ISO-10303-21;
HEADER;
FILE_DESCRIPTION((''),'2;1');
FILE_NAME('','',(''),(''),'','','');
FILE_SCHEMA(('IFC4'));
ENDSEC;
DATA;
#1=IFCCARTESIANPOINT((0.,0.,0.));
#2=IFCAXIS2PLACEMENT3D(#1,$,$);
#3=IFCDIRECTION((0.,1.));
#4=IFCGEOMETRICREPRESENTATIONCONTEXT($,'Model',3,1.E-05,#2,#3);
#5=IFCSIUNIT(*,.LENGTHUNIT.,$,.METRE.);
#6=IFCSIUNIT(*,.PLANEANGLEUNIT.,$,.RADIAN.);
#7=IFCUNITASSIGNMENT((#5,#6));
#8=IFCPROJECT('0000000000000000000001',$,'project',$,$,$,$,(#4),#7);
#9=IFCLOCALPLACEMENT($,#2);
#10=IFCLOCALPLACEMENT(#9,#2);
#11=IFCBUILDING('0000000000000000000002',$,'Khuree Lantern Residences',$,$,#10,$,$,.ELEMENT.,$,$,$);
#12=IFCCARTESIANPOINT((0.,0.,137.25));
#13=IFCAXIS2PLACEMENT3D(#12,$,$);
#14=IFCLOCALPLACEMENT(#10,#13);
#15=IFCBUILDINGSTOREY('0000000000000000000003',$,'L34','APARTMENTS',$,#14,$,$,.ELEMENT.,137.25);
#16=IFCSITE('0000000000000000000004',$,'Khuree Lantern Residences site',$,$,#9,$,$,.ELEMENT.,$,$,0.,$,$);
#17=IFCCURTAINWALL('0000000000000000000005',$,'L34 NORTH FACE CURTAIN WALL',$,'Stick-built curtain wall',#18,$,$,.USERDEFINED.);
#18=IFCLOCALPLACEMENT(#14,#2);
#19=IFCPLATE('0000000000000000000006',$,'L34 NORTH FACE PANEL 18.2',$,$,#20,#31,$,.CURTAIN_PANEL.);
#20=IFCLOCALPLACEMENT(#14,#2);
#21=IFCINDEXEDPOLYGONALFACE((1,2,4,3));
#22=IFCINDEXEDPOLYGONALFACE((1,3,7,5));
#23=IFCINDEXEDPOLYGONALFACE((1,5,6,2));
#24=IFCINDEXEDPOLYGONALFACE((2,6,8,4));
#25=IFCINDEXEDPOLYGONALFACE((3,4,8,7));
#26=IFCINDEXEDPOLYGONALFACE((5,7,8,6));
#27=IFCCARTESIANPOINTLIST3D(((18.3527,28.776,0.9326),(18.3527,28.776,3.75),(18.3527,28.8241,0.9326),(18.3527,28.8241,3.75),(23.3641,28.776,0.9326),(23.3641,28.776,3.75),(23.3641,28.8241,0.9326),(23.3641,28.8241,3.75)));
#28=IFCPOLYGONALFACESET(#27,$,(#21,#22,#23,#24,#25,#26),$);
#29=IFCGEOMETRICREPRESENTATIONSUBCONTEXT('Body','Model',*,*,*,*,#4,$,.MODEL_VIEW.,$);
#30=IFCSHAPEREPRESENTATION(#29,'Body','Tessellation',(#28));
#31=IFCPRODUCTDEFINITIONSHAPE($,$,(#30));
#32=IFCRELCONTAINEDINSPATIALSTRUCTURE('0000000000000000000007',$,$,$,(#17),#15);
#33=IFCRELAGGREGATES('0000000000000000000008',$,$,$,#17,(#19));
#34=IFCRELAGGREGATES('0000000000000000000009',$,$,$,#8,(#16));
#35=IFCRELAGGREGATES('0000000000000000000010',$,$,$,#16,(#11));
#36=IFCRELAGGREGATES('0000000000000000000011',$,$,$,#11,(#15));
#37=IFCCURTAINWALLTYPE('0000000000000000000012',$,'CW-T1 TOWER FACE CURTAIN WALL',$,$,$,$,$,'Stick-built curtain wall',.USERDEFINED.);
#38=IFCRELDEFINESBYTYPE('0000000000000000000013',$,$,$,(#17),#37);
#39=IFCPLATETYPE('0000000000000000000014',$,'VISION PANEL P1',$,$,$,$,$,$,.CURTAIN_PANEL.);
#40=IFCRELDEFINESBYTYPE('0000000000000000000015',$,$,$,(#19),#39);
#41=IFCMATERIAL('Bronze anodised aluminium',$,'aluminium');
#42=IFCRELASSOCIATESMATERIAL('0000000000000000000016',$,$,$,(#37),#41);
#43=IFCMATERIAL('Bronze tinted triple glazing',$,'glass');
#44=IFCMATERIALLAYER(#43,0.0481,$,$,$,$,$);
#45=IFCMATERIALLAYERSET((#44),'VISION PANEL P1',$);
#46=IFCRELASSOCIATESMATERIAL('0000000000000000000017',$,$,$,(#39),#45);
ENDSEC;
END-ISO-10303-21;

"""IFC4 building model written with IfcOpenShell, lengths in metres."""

from ifc_helpers import new_model, si_unit, direction, frame, origin, origin_2d, place, context, subcontext, project, spatial, rectangle, extrude, material, layer, layer_set, type_object, element, aggregate, save


model = new_model("IFC4")

# Units and contexts
model_context = context("Model", 3, precision=1e-05, world=origin(), true_north=direction((0.0, 1.0)))
body_context = subcontext(model_context, "Body", "Model", "MODEL_VIEW")
ifc_project = project(units=[si_unit("LENGTHUNIT", "METRE"), si_unit("PLANEANGLEUNIT", "RADIAN")], contexts=[model_context])

# Site, building, storey
site_placement = place(None, origin())
site = spatial("IfcSite", under=ifc_project, at=site_placement, Name="Khuree Lantern Residences site", CompositionType="ELEMENT", RefElevation=0.0)
building_placement = place(site_placement, origin())
building = spatial("IfcBuilding", under=site, at=building_placement, Name="Khuree Lantern Residences", CompositionType="ELEMENT")
storey_placement = place(building_placement, frame((0.0, 0.0, 137.25)))
storey = spatial("IfcBuildingStorey", under=building, at=storey_placement, Name="L34", Description="APARTMENTS", CompositionType="ELEMENT", Elevation=137.25)

# Curtain wall
ifc_material_1 = material(Name="Bronze anodised aluminium", Category="aluminium")
curtain_wall_type_1 = type_object("IfcCurtainWallType", Name="CW-T1 TOWER FACE CURTAIN WALL", ElementType="Stick-built curtain wall", PredefinedType="USERDEFINED", material=ifc_material_1)
curtain_wall_1_placement = place(storey_placement, origin())
curtain_wall_1 = element("IfcCurtainWall", 1, at=curtain_wall_1_placement, inside=storey, type_object=curtain_wall_type_1, Name="L34 NORTH FACE CURTAIN WALL", ObjectType="Stick-built curtain wall", PredefinedType="USERDEFINED")

# Plate
ifc_material_2 = material(Name="Bronze tinted triple glazing", Category="glass")
ifc_layer_1 = layer(ifc_material_2, 0.0481)
ifc_layer_set_1 = layer_set([ifc_layer_1], Name="VISION PANEL P1")
plate_type_1 = type_object("IfcPlateType", Name="VISION PANEL P1", PredefinedType="CURTAIN_PANEL", material=ifc_layer_set_1)
plate_1_placement = place(storey_placement, frame((20.8584, 28.8, 0.9326), z_axis=(0.0, 0.0, 1.0), x_axis=(-1.0, 0.0, 0.0)))
plate_1 = element("IfcPlate", 2, at=plate_1_placement, type_object=plate_type_1, Name="L34 NORTH FACE PANEL 18.2", PredefinedType="CURTAIN_PANEL", context=body_context, shape_type="SweptSolid", body=[
    extrude(rectangle(XDim=5.0115, YDim=0.0481, at=origin_2d()), origin(), (0.0, 0.0, 1.0), 2.8174),
])
aggregate(curtain_wall_1, [plate_1])

save(model, "model.ifc")
